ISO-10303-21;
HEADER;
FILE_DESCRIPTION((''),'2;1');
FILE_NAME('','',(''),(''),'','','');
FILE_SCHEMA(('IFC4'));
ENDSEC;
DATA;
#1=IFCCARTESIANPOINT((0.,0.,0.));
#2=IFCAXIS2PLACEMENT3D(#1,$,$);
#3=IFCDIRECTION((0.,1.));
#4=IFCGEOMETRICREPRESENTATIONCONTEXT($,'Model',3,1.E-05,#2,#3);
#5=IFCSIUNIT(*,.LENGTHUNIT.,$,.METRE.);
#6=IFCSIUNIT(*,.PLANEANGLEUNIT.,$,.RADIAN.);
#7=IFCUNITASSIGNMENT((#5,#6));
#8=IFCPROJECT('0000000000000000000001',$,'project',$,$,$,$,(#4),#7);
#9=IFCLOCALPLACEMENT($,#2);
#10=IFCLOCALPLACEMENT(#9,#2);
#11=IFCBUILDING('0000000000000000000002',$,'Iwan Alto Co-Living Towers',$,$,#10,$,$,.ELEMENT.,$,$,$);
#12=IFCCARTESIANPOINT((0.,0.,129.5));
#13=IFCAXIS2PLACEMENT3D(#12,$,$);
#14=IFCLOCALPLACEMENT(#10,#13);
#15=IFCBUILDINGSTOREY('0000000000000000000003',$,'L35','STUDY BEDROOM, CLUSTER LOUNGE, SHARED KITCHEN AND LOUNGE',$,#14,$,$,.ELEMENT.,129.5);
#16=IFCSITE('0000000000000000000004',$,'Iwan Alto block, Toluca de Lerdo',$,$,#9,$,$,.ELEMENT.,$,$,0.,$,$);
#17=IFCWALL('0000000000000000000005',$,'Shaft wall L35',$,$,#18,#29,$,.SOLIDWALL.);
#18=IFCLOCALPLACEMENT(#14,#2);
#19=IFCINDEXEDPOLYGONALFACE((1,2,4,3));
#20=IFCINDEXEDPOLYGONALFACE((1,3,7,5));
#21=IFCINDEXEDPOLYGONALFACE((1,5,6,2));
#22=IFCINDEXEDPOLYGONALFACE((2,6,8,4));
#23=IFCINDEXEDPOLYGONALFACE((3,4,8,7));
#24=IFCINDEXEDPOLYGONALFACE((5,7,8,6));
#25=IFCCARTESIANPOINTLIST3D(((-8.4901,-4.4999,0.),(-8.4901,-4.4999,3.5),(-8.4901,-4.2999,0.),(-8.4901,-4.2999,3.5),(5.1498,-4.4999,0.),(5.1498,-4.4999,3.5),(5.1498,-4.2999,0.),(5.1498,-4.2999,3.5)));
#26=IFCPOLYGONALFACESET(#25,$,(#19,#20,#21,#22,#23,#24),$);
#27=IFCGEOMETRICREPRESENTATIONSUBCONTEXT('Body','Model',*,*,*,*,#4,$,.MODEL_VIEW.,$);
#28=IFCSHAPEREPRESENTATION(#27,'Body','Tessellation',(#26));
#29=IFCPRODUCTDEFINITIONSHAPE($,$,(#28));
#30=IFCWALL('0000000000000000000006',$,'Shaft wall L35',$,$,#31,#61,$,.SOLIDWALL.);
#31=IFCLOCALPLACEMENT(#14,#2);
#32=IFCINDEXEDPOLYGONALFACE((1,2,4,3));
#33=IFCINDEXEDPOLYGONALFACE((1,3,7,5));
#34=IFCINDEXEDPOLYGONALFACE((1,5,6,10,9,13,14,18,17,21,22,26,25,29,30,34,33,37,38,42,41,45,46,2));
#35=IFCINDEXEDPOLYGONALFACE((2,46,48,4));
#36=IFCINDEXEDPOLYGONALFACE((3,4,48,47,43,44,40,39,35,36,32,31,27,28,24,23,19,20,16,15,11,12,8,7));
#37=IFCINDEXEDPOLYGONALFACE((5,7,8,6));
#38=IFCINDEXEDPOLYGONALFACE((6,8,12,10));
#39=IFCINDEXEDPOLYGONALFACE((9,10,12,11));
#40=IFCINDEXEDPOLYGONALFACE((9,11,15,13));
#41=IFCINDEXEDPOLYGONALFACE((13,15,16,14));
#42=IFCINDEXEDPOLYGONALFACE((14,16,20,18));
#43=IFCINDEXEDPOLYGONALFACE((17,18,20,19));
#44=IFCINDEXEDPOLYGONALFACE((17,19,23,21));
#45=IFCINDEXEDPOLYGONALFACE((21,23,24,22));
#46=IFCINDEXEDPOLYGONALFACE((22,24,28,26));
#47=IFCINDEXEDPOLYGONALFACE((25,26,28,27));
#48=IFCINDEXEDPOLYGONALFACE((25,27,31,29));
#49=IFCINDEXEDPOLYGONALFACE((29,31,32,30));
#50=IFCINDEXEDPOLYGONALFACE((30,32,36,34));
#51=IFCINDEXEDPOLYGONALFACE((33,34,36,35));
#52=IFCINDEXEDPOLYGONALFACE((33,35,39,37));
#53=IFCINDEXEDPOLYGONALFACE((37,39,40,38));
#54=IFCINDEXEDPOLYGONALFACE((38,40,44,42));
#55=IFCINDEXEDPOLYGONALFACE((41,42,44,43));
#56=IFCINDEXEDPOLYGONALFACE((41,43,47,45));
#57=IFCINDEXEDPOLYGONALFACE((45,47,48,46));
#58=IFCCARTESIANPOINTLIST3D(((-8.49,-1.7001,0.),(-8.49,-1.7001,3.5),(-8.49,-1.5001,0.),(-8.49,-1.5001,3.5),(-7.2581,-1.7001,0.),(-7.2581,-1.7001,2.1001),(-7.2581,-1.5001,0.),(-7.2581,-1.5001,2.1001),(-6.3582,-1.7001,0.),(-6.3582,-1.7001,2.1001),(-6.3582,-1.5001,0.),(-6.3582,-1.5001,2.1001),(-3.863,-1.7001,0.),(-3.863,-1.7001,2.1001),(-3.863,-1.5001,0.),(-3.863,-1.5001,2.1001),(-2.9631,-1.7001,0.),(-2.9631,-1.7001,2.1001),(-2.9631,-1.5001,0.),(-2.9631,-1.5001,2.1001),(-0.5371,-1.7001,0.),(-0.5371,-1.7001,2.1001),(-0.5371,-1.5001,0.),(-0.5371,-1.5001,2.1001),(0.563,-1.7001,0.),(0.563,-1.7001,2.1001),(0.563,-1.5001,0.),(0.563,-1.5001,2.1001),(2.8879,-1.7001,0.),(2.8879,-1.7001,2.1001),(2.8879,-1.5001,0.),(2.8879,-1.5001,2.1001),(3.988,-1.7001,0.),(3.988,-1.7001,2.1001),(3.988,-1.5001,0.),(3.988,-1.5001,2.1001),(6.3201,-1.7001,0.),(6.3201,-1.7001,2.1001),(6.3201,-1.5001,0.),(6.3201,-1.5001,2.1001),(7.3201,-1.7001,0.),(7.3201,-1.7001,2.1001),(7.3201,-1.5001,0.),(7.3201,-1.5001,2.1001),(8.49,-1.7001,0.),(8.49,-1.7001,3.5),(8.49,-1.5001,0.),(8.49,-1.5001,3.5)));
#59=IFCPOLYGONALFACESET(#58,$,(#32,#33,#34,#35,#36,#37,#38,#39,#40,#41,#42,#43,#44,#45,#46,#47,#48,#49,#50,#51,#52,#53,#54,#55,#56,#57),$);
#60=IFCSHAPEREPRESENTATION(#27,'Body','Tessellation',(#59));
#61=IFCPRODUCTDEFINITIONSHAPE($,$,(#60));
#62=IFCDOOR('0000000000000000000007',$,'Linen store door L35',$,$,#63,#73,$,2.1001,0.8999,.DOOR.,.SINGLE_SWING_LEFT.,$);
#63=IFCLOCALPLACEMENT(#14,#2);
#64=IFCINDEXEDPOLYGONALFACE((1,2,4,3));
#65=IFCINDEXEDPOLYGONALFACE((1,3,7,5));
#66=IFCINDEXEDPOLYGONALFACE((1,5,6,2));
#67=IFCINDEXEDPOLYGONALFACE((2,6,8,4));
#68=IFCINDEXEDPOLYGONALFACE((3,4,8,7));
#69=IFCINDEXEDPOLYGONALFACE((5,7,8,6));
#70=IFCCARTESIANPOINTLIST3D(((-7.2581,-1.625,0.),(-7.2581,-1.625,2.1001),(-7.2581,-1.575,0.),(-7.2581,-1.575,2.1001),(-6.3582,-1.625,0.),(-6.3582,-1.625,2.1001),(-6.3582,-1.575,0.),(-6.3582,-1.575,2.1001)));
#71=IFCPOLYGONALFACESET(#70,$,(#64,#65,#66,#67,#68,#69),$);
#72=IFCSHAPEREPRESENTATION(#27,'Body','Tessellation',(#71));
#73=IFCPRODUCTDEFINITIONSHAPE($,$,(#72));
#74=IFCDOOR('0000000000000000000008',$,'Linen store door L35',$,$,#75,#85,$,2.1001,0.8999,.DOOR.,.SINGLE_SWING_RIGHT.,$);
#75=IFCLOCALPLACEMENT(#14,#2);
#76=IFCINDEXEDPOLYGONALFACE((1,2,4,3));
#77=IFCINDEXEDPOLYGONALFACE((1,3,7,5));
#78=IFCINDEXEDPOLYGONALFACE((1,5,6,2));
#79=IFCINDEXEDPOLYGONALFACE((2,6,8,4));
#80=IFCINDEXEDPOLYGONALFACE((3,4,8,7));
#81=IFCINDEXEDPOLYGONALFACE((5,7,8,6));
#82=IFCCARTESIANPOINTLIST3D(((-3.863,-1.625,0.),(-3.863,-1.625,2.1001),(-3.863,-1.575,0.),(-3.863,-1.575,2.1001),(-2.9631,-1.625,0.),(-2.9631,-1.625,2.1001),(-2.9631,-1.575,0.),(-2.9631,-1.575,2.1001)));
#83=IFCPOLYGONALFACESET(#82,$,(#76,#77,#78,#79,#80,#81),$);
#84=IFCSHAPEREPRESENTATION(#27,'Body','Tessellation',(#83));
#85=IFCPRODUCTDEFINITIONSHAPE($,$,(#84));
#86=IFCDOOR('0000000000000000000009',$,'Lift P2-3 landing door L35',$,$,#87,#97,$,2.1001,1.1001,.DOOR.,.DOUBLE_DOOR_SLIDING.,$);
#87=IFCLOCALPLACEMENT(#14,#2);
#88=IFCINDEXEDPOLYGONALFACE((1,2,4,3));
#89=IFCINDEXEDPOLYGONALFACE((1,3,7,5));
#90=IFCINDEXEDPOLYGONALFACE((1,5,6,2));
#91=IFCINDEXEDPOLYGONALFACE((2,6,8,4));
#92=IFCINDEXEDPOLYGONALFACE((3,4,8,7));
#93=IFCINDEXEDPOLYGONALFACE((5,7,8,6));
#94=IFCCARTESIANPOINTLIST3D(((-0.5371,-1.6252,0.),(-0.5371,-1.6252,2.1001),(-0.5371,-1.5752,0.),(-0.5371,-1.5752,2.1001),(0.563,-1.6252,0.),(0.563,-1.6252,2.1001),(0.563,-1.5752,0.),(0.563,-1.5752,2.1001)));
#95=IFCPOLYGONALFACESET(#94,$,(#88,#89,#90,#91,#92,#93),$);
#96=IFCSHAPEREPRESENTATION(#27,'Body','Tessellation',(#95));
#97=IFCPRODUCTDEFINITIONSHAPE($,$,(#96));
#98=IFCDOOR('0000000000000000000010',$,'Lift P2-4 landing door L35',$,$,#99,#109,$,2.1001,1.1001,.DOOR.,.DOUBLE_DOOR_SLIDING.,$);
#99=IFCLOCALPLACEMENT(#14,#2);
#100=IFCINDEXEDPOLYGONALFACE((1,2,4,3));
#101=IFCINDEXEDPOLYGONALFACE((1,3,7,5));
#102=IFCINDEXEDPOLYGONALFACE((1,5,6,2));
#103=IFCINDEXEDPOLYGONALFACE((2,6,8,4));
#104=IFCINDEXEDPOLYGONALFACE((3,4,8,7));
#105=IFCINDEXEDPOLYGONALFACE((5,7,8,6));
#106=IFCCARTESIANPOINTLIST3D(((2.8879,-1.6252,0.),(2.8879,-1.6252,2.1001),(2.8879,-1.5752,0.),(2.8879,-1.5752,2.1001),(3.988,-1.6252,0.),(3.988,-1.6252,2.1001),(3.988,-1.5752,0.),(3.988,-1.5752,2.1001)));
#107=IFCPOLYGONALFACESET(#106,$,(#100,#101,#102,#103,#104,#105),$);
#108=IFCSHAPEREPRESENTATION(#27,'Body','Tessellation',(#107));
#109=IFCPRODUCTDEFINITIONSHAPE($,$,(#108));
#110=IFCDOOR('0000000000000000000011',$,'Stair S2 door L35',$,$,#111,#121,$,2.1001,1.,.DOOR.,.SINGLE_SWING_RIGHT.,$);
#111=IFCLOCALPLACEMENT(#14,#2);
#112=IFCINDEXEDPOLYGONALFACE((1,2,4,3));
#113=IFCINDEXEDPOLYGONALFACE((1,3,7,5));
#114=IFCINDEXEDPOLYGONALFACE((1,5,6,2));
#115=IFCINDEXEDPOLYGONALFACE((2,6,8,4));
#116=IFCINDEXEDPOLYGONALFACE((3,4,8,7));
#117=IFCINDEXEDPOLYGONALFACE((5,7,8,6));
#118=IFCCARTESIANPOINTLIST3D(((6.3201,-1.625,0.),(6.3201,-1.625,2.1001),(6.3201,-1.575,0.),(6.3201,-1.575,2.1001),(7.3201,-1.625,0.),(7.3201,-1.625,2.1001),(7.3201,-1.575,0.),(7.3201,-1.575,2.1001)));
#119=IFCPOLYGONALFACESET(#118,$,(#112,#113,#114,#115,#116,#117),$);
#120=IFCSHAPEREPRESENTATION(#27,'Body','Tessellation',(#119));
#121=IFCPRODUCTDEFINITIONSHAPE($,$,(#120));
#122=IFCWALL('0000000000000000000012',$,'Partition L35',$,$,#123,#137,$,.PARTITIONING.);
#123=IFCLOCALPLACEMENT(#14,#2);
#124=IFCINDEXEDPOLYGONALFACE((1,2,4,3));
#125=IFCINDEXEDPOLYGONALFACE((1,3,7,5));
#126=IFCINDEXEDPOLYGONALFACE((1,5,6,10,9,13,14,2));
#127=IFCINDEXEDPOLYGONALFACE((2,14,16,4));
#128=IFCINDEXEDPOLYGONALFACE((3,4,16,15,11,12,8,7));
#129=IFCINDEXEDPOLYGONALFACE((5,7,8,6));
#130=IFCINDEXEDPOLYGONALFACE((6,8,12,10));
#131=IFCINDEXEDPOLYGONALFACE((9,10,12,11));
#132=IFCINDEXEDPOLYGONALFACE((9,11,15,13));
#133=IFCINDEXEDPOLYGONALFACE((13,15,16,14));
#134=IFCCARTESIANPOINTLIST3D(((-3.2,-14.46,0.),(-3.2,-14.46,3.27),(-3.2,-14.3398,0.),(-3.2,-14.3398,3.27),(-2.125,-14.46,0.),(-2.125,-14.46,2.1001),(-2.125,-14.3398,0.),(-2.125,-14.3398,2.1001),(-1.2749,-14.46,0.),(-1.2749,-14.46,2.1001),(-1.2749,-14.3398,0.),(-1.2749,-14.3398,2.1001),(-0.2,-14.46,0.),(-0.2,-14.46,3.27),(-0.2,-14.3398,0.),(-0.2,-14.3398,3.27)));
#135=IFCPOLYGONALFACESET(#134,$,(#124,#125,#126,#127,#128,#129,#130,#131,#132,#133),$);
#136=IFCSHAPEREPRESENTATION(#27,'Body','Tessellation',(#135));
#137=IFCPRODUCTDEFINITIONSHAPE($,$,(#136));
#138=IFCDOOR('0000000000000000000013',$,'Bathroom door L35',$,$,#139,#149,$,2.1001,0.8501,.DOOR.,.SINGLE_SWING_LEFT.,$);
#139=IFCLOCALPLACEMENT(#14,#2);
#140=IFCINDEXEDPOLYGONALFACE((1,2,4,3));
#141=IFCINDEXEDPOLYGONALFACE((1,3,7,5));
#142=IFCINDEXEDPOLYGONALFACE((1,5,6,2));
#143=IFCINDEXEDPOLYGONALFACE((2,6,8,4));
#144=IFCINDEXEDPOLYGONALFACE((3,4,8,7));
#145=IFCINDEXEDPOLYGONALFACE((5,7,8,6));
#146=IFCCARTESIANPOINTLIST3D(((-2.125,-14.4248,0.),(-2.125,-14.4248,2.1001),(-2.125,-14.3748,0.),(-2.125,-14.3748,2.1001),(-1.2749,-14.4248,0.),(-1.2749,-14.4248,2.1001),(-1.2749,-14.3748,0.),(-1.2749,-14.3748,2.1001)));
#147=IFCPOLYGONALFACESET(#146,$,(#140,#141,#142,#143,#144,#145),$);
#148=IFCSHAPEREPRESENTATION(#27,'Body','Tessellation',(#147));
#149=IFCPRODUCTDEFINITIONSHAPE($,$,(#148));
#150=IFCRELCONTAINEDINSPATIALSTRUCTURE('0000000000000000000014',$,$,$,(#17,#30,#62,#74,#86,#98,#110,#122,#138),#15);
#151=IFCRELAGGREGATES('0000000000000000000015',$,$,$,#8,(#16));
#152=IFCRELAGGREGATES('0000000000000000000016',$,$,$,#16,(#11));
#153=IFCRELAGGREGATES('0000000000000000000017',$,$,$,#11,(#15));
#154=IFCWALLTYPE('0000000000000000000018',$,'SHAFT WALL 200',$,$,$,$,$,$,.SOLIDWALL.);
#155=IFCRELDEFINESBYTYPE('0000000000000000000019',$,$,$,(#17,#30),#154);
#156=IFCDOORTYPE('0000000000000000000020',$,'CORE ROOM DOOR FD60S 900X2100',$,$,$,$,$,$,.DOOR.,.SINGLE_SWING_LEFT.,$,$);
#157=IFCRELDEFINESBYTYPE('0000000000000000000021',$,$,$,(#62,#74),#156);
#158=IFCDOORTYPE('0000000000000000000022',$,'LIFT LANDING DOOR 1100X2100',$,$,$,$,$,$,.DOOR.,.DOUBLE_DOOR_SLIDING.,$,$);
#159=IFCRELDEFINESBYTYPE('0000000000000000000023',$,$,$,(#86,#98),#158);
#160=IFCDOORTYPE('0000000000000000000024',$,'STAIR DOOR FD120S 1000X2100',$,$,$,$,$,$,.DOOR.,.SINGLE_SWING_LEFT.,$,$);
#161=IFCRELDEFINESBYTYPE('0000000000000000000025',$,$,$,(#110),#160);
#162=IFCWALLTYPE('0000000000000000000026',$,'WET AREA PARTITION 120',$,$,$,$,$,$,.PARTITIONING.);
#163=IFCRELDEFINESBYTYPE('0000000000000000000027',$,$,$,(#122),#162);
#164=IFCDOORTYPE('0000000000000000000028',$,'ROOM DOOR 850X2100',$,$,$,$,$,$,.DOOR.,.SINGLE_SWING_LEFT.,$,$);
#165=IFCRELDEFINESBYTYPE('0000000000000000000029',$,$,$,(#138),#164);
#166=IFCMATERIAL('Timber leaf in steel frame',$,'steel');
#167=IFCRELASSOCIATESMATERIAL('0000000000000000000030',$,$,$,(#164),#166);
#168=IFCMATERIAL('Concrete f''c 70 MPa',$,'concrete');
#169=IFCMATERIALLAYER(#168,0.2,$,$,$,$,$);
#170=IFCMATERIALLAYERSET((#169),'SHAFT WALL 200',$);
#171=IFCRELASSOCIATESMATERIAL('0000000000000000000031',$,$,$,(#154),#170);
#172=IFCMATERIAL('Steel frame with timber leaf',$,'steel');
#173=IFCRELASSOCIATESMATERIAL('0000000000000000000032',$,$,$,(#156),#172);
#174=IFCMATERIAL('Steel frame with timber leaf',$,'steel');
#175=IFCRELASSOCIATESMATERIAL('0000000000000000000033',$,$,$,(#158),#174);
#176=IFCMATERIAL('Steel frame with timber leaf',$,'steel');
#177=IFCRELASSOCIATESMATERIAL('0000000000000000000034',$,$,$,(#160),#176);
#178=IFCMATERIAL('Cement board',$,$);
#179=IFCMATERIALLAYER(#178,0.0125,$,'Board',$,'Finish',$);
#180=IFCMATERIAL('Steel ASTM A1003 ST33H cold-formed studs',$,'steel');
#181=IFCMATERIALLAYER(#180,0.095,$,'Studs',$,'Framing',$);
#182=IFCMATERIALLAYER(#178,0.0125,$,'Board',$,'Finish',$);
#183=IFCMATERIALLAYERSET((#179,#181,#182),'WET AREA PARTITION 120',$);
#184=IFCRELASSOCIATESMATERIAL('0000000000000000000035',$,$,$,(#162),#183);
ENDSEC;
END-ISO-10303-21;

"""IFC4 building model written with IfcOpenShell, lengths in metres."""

from ifc_helpers import new_model, si_unit, direction, frame, frame_2d, origin, place, context, subcontext, project, spatial, rectangle, extrude, material, layer, layer_set, type_object, element, fill, save


model = new_model("IFC4")

# Units and contexts
model_context = context("Model", 3, precision=1e-05, world=origin(), true_north=direction((0.0, 1.0)))
body_context = subcontext(model_context, "Body", "Model", "MODEL_VIEW")
ifc_project = project(units=[si_unit("LENGTHUNIT", "METRE"), si_unit("PLANEANGLEUNIT", "RADIAN")], contexts=[model_context])

# Site, building, storey
site_placement = place(None, origin())
site = spatial("IfcSite", under=ifc_project, at=site_placement, Name="Iwan Alto block, Toluca de Lerdo", CompositionType="ELEMENT", RefElevation=0.0)
building_placement = place(site_placement, origin())
building = spatial("IfcBuilding", under=site, at=building_placement, Name="Iwan Alto Co-Living Towers", CompositionType="ELEMENT")
storey_placement = place(building_placement, frame((0.0, 0.0, 129.5)))
storey = spatial("IfcBuildingStorey", under=building, at=storey_placement, Name="L35", Description="STUDY BEDROOM, CLUSTER LOUNGE, SHARED KITCHEN AND LOUNGE", CompositionType="ELEMENT", Elevation=129.5)

# Shared definitions
ifc_material_1 = material(Name="Steel ASTM A1003 ST33H cold-formed studs", Category="steel")

# Shared definitions
ifc_material_2 = material(Name="Timber leaf in steel frame", Category="steel")
door_type_1 = type_object("IfcDoorType", Name="ROOM DOOR 850X2100", OperationType="SINGLE_SWING_LEFT", PredefinedType="DOOR", material=ifc_material_2)

# Wall
ifc_material_3 = material(Name="Concrete f'c 70 MPa", Category="concrete")
ifc_layer_1 = layer(ifc_material_3, 0.2)
ifc_layer_set_1 = layer_set([ifc_layer_1], Name="SHAFT WALL 200")
wall_type_1 = type_object("IfcWallType", Name="SHAFT WALL 200", PredefinedType="SOLIDWALL", material=ifc_layer_set_1)
wall_1_placement = place(storey_placement, frame((-8.49, -4.3999, 0.0), z_axis=(0.0, 0.0, 1.0), x_axis=(1.0, 0.0, 0.0)))
element("IfcWall", 1, at=wall_1_placement, inside=storey, type_object=wall_type_1, Name="Shaft wall L35", PredefinedType="SOLIDWALL", context=body_context, shape_type="SweptSolid", body=[
    extrude(rectangle(XDim=13.6399, YDim=0.2, at=frame_2d((6.8198, 0.0))), origin(), (0.0, 0.0, 1.0), 3.5),
])

# Wall, openings, doors
wall_2_placement = place(storey_placement, frame((-8.49, -1.6001, 0.0), z_axis=(0.0, 0.0, 1.0), x_axis=(1.0, 0.0, 0.0)))
wall_2 = element("IfcWall", 2, at=wall_2_placement, inside=storey, type_object=wall_type_1, Name="Shaft wall L35", PredefinedType="SOLIDWALL", context=body_context, shape_type="SweptSolid", body=[
    extrude(rectangle(XDim=16.98, YDim=0.2, at=frame_2d((8.49, 0.0))), origin(), (0.0, 0.0, 1.0), 3.5),
])
opening_1_placement = place(wall_2_placement, frame((14.8101, 0.0, 0.0)))
opening_1 = element("IfcOpeningElement", 3, at=opening_1_placement, cuts=wall_2, PredefinedType="OPENING", context=body_context, shape_type="SweptSolid", body=[
    extrude(rectangle(XDim=1.0, YDim=2.1001, at=frame_2d((0.5, 1.05))), frame((0.0, 0.1099, 0.0), z_axis=(0.0, -1.0, 0.0), x_axis=(1.0, 0.0, 0.0)), (0.0, 0.0, 1.0), 0.22),
])
opening_2_placement = place(wall_2_placement, frame((1.2319, 0.0, 0.0)))
opening_2 = element("IfcOpeningElement", 4, at=opening_2_placement, cuts=wall_2, PredefinedType="OPENING", context=body_context, shape_type="SweptSolid", body=[
    extrude(rectangle(XDim=0.8999, YDim=2.1001, at=frame_2d((0.45, 1.05))), frame((0.0, 0.1099, 0.0), z_axis=(0.0, -1.0, 0.0), x_axis=(1.0, 0.0, 0.0)), (0.0, 0.0, 1.0), 0.22),
])
opening_3_placement = place(wall_2_placement, frame((4.627, 0.0, 0.0)))
opening_3 = element("IfcOpeningElement", 5, at=opening_3_placement, cuts=wall_2, PredefinedType="OPENING", context=body_context, shape_type="SweptSolid", body=[
    extrude(rectangle(XDim=0.8999, YDim=2.1001, at=frame_2d((0.45, 1.05))), frame((0.0, 0.1099, 0.0), z_axis=(0.0, -1.0, 0.0), x_axis=(1.0, 0.0, 0.0)), (0.0, 0.0, 1.0), 0.22),
])
opening_4_placement = place(wall_2_placement, frame((7.9529, 0.0, 0.0)))
opening_4 = element("IfcOpeningElement", 6, at=opening_4_placement, cuts=wall_2, PredefinedType="OPENING", context=body_context, shape_type="SweptSolid", body=[
    extrude(rectangle(XDim=1.1001, YDim=2.1001, at=frame_2d((0.55, 1.05))), frame((0.0, 0.1099, 0.0), z_axis=(0.0, -1.0, 0.0), x_axis=(1.0, 0.0, 0.0)), (0.0, 0.0, 1.0), 0.22),
])
opening_5_placement = place(wall_2_placement, frame((11.3779, 0.0, 0.0)))
opening_5 = element("IfcOpeningElement", 7, at=opening_5_placement, cuts=wall_2, PredefinedType="OPENING", context=body_context, shape_type="SweptSolid", body=[
    extrude(rectangle(XDim=1.1001, YDim=2.1001, at=frame_2d((0.55, 1.05))), frame((0.0, 0.1099, 0.0), z_axis=(0.0, -1.0, 0.0), x_axis=(1.0, 0.0, 0.0)), (0.0, 0.0, 1.0), 0.22),
])
ifc_material_4 = material(Name="Steel frame with timber leaf", Category="steel")
door_type_2 = type_object("IfcDoorType", Name="CORE ROOM DOOR FD60S 900X2100", OperationType="SINGLE_SWING_LEFT", PredefinedType="DOOR", material=ifc_material_4)
door_1_placement = place(opening_2_placement, frame((0.8999, 0.0, 0.0), z_axis=(0.0, 0.0, 1.0), x_axis=(-1.0, 0.0, 0.0)))
door_1 = element("IfcDoor", 8, at=door_1_placement, inside=storey, type_object=door_type_2, Name="Linen store door L35", OperationType="SINGLE_SWING_LEFT", OverallHeight=2.1001, OverallWidth=0.8999, PredefinedType="DOOR", context=body_context, shape_type="SweptSolid", body=[
    extrude(rectangle(XDim=0.8999, YDim=2.1001, at=frame_2d((0.45, 1.05))), frame((0.0, 0.0249, 0.0), z_axis=(0.0, -1.0, 0.0), x_axis=(1.0, 0.0, 0.0)), (0.0, 0.0, 1.0), 0.05),
])
fill(opening_2, door_1)
door_2_placement = place(opening_3_placement, frame((0.8999, 0.0, 0.0), z_axis=(0.0, 0.0, 1.0), x_axis=(-1.0, 0.0, 0.0)))
door_2 = element("IfcDoor", 9, at=door_2_placement, inside=storey, type_object=door_type_2, Name="Linen store door L35", OperationType="SINGLE_SWING_RIGHT", OverallHeight=2.1001, OverallWidth=0.8999, PredefinedType="DOOR", context=body_context, shape_type="SweptSolid", body=[
    extrude(rectangle(XDim=0.8999, YDim=2.1001, at=frame_2d((0.45, 1.05))), frame((0.0, 0.0249, 0.0), z_axis=(0.0, -1.0, 0.0), x_axis=(1.0, 0.0, 0.0)), (0.0, 0.0, 1.0), 0.05),
])
fill(opening_3, door_2)
ifc_material_5 = material(Name="Steel frame with timber leaf", Category="steel")
door_type_3 = type_object("IfcDoorType", Name="LIFT LANDING DOOR 1100X2100", OperationType="DOUBLE_DOOR_SLIDING", PredefinedType="DOOR", material=ifc_material_5)
door_3_placement = place(opening_4_placement, origin())
door_3 = element("IfcDoor", 10, at=door_3_placement, inside=storey, type_object=door_type_3, Name="Lift P2-3 landing door L35", OperationType="DOUBLE_DOOR_SLIDING", OverallHeight=2.1001, OverallWidth=1.1001, PredefinedType="DOOR", context=body_context, shape_type="SweptSolid", body=[
    extrude(rectangle(XDim=1.1001, YDim=2.1001, at=frame_2d((0.55, 1.05))), frame((0.0, 0.0249, 0.0), z_axis=(0.0, -1.0, 0.0), x_axis=(1.0, 0.0, 0.0)), (0.0, 0.0, 1.0), 0.05),
])
fill(opening_4, door_3)
door_4_placement = place(opening_5_placement, origin())
door_4 = element("IfcDoor", 11, at=door_4_placement, inside=storey, type_object=door_type_3, Name="Lift P2-4 landing door L35", OperationType="DOUBLE_DOOR_SLIDING", OverallHeight=2.1001, OverallWidth=1.1001, PredefinedType="DOOR", context=body_context, shape_type="SweptSolid", body=[
    extrude(rectangle(XDim=1.1001, YDim=2.1001, at=frame_2d((0.55, 1.05))), frame((0.0, 0.0249, 0.0), z_axis=(0.0, -1.0, 0.0), x_axis=(1.0, 0.0, 0.0)), (0.0, 0.0, 1.0), 0.05),
])
fill(opening_5, door_4)
ifc_material_6 = material(Name="Steel frame with timber leaf", Category="steel")
door_type_4 = type_object("IfcDoorType", Name="STAIR DOOR FD120S 1000X2100", OperationType="SINGLE_SWING_LEFT", PredefinedType="DOOR", material=ifc_material_6)
door_5_placement = place(opening_1_placement, frame((1.0, 0.0, 0.0), z_axis=(0.0, 0.0, 1.0), x_axis=(-1.0, 0.0, 0.0)))
door_5 = element("IfcDoor", 12, at=door_5_placement, inside=storey, type_object=door_type_4, Name="Stair S2 door L35", OperationType="SINGLE_SWING_RIGHT", OverallHeight=2.1001, OverallWidth=1.0, PredefinedType="DOOR", context=body_context, shape_type="SweptSolid", body=[
    extrude(rectangle(XDim=1.0, YDim=2.1001, at=frame_2d((0.5, 1.05))), frame((0.0, 0.0249, 0.0), z_axis=(0.0, -1.0, 0.0), x_axis=(1.0, 0.0, 0.0)), (0.0, 0.0, 1.0), 0.05),
])
fill(opening_1, door_5)

# Wall, opening, door
ifc_material_7 = material(Name="Cement board")
ifc_layer_2 = layer(ifc_material_7, 0.0125, Name="Board", Category="Finish")
ifc_layer_3 = layer(ifc_material_1, 0.095, Name="Studs", Category="Framing")
ifc_layer_4 = layer(ifc_material_7, 0.0125, Name="Board", Category="Finish")
ifc_layer_set_2 = layer_set([ifc_layer_2, ifc_layer_3, ifc_layer_4], Name="WET AREA PARTITION 120")
wall_type_2 = type_object("IfcWallType", Name="WET AREA PARTITION 120", PredefinedType="PARTITIONING", material=ifc_layer_set_2)
wall_3_placement = place(storey_placement, frame((-3.2, -14.3999, 0.0), z_axis=(0.0, 0.0, 1.0), x_axis=(1.0, 0.0, 0.0)))
wall_3 = element("IfcWall", 13, at=wall_3_placement, inside=storey, type_object=wall_type_2, Name="Partition L35", PredefinedType="PARTITIONING", context=body_context, shape_type="SweptSolid", body=[
    extrude(rectangle(XDim=3.0, YDim=0.1201, at=frame_2d((1.5, 0.0))), origin(), (0.0, 0.0, 1.0), 3.27),
])
opening_6_placement = place(wall_3_placement, frame((1.075, 0.0, 0.0)))
opening_6 = element("IfcOpeningElement", 14, at=opening_6_placement, cuts=wall_3, PredefinedType="OPENING", context=body_context, shape_type="SweptSolid", body=[
    extrude(rectangle(XDim=0.8501, YDim=2.1001, at=frame_2d((0.425, 1.05))), frame((0.0, 0.0701, 0.0), z_axis=(0.0, -1.0, 0.0), x_axis=(1.0, 0.0, 0.0)), (0.0, 0.0, 1.0), 0.1401),
])
door_6_placement = place(opening_6_placement, frame((0.8501, 0.0, 0.0), z_axis=(0.0, 0.0, 1.0), x_axis=(-1.0, 0.0, 0.0)))
door_6 = element("IfcDoor", 15, at=door_6_placement, inside=storey, type_object=door_type_1, Name="Bathroom door L35", OperationType="SINGLE_SWING_LEFT", OverallHeight=2.1001, OverallWidth=0.8501, PredefinedType="DOOR", context=body_context, shape_type="SweptSolid", body=[
    extrude(rectangle(XDim=0.8501, YDim=2.1001, at=frame_2d((0.425, 1.05))), frame((0.0, 0.0249, 0.0), z_axis=(0.0, -1.0, 0.0), x_axis=(1.0, 0.0, 0.0)), (0.0, 0.0, 1.0), 0.05),
])
fill(opening_6, door_6)

save(model, "model.ifc")
